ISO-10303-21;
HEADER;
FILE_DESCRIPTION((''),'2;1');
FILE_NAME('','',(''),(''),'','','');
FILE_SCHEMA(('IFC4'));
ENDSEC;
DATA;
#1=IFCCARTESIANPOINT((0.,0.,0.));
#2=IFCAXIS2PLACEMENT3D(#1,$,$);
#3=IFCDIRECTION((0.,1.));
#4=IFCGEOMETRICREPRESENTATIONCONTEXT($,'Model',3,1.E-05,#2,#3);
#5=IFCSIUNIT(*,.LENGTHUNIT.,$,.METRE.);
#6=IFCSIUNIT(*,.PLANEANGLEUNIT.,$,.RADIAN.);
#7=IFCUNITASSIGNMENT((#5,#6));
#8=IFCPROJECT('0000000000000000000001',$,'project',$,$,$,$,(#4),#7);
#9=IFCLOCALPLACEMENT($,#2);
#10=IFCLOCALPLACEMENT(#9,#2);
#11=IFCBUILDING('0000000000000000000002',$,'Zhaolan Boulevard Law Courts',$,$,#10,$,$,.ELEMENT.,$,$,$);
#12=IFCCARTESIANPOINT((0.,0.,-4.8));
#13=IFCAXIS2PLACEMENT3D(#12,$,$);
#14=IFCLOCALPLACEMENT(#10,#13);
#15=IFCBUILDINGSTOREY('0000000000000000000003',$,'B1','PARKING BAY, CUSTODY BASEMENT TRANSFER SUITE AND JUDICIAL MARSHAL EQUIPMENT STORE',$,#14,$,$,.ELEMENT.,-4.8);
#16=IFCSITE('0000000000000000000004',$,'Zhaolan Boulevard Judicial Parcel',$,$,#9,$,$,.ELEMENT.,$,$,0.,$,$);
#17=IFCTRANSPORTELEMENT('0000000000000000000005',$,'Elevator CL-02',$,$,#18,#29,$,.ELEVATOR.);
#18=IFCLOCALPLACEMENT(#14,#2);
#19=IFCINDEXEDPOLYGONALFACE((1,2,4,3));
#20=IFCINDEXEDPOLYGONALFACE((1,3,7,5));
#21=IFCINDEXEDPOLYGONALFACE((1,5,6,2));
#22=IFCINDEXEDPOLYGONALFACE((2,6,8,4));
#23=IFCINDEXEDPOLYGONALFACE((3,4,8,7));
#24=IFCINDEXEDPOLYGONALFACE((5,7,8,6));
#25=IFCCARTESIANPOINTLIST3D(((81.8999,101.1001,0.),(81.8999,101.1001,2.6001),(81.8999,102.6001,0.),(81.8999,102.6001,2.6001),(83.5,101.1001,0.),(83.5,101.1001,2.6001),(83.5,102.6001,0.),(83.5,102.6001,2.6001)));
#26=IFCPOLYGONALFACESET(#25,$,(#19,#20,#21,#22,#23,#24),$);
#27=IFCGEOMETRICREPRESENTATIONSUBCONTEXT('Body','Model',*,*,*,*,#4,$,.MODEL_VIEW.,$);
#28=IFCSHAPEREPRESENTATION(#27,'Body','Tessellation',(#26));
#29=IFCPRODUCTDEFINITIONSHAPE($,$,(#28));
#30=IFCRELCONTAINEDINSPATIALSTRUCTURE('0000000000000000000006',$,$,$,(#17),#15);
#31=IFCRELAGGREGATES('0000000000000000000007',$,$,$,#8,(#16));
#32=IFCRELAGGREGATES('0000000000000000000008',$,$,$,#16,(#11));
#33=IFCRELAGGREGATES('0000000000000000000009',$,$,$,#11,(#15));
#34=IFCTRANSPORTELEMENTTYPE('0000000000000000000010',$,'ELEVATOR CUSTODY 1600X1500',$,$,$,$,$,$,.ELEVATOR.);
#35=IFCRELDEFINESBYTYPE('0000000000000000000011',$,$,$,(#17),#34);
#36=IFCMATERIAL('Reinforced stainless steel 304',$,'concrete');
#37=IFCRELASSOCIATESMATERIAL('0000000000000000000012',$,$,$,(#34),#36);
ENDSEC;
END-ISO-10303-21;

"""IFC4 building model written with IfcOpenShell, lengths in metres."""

from ifc_helpers import new_model, si_unit, direction, frame, origin, origin_2d, place, context, subcontext, project, spatial, rectangle, extrude, material, type_object, element, save


model = new_model("IFC4")

# Units and contexts
model_context = context("Model", 3, precision=1e-05, world=origin(), true_north=direction((0.0, 1.0)))
body_context = subcontext(model_context, "Body", "Model", "MODEL_VIEW")
ifc_project = project(units=[si_unit("LENGTHUNIT", "METRE"), si_unit("PLANEANGLEUNIT", "RADIAN")], contexts=[model_context])

# Site, building, storey
site_placement = place(None, origin())
site = spatial("IfcSite", under=ifc_project, at=site_placement, Name="Zhaolan Boulevard Judicial Parcel", CompositionType="ELEMENT", RefElevation=0.0)
building_placement = place(site_placement, origin())
building = spatial("IfcBuilding", under=site, at=building_placement, Name="Zhaolan Boulevard Law Courts", CompositionType="ELEMENT")
storey_placement = place(building_placement, frame((0.0, 0.0, -4.8)))
storey = spatial("IfcBuildingStorey", under=building, at=storey_placement, Name="B1", Description="PARKING BAY, CUSTODY BASEMENT TRANSFER SUITE AND JUDICIAL MARSHAL EQUIPMENT STORE", CompositionType="ELEMENT", Elevation=-4.8)

# Transport element
ifc_material_1 = material(Name="Reinforced stainless steel 304", Category="concrete")
transport_element_type = type_object("IfcTransportElementType", Name="ELEVATOR CUSTODY 1600X1500", PredefinedType="ELEVATOR", material=ifc_material_1)
for number, where, z_axis, x_axis, name in (
    (1, (82.7, 101.8501, 0.0), (0.0, 0.0, 1.0), (1.0, 0.0, 0.0), "Elevator CL-02"),
):
    element("IfcTransportElement", number, at=place(storey_placement, frame(where, z_axis=z_axis, x_axis=x_axis)), inside=storey, type_object=transport_element_type, Name=name, PredefinedType="ELEVATOR", context=body_context, shape_type="SweptSolid", body=[
        extrude(rectangle(XDim=1.6001, YDim=1.5, at=origin_2d()), origin(), (0.0, 0.0, 1.0), 2.6001),
    ])

save(model, "model.ifc")
